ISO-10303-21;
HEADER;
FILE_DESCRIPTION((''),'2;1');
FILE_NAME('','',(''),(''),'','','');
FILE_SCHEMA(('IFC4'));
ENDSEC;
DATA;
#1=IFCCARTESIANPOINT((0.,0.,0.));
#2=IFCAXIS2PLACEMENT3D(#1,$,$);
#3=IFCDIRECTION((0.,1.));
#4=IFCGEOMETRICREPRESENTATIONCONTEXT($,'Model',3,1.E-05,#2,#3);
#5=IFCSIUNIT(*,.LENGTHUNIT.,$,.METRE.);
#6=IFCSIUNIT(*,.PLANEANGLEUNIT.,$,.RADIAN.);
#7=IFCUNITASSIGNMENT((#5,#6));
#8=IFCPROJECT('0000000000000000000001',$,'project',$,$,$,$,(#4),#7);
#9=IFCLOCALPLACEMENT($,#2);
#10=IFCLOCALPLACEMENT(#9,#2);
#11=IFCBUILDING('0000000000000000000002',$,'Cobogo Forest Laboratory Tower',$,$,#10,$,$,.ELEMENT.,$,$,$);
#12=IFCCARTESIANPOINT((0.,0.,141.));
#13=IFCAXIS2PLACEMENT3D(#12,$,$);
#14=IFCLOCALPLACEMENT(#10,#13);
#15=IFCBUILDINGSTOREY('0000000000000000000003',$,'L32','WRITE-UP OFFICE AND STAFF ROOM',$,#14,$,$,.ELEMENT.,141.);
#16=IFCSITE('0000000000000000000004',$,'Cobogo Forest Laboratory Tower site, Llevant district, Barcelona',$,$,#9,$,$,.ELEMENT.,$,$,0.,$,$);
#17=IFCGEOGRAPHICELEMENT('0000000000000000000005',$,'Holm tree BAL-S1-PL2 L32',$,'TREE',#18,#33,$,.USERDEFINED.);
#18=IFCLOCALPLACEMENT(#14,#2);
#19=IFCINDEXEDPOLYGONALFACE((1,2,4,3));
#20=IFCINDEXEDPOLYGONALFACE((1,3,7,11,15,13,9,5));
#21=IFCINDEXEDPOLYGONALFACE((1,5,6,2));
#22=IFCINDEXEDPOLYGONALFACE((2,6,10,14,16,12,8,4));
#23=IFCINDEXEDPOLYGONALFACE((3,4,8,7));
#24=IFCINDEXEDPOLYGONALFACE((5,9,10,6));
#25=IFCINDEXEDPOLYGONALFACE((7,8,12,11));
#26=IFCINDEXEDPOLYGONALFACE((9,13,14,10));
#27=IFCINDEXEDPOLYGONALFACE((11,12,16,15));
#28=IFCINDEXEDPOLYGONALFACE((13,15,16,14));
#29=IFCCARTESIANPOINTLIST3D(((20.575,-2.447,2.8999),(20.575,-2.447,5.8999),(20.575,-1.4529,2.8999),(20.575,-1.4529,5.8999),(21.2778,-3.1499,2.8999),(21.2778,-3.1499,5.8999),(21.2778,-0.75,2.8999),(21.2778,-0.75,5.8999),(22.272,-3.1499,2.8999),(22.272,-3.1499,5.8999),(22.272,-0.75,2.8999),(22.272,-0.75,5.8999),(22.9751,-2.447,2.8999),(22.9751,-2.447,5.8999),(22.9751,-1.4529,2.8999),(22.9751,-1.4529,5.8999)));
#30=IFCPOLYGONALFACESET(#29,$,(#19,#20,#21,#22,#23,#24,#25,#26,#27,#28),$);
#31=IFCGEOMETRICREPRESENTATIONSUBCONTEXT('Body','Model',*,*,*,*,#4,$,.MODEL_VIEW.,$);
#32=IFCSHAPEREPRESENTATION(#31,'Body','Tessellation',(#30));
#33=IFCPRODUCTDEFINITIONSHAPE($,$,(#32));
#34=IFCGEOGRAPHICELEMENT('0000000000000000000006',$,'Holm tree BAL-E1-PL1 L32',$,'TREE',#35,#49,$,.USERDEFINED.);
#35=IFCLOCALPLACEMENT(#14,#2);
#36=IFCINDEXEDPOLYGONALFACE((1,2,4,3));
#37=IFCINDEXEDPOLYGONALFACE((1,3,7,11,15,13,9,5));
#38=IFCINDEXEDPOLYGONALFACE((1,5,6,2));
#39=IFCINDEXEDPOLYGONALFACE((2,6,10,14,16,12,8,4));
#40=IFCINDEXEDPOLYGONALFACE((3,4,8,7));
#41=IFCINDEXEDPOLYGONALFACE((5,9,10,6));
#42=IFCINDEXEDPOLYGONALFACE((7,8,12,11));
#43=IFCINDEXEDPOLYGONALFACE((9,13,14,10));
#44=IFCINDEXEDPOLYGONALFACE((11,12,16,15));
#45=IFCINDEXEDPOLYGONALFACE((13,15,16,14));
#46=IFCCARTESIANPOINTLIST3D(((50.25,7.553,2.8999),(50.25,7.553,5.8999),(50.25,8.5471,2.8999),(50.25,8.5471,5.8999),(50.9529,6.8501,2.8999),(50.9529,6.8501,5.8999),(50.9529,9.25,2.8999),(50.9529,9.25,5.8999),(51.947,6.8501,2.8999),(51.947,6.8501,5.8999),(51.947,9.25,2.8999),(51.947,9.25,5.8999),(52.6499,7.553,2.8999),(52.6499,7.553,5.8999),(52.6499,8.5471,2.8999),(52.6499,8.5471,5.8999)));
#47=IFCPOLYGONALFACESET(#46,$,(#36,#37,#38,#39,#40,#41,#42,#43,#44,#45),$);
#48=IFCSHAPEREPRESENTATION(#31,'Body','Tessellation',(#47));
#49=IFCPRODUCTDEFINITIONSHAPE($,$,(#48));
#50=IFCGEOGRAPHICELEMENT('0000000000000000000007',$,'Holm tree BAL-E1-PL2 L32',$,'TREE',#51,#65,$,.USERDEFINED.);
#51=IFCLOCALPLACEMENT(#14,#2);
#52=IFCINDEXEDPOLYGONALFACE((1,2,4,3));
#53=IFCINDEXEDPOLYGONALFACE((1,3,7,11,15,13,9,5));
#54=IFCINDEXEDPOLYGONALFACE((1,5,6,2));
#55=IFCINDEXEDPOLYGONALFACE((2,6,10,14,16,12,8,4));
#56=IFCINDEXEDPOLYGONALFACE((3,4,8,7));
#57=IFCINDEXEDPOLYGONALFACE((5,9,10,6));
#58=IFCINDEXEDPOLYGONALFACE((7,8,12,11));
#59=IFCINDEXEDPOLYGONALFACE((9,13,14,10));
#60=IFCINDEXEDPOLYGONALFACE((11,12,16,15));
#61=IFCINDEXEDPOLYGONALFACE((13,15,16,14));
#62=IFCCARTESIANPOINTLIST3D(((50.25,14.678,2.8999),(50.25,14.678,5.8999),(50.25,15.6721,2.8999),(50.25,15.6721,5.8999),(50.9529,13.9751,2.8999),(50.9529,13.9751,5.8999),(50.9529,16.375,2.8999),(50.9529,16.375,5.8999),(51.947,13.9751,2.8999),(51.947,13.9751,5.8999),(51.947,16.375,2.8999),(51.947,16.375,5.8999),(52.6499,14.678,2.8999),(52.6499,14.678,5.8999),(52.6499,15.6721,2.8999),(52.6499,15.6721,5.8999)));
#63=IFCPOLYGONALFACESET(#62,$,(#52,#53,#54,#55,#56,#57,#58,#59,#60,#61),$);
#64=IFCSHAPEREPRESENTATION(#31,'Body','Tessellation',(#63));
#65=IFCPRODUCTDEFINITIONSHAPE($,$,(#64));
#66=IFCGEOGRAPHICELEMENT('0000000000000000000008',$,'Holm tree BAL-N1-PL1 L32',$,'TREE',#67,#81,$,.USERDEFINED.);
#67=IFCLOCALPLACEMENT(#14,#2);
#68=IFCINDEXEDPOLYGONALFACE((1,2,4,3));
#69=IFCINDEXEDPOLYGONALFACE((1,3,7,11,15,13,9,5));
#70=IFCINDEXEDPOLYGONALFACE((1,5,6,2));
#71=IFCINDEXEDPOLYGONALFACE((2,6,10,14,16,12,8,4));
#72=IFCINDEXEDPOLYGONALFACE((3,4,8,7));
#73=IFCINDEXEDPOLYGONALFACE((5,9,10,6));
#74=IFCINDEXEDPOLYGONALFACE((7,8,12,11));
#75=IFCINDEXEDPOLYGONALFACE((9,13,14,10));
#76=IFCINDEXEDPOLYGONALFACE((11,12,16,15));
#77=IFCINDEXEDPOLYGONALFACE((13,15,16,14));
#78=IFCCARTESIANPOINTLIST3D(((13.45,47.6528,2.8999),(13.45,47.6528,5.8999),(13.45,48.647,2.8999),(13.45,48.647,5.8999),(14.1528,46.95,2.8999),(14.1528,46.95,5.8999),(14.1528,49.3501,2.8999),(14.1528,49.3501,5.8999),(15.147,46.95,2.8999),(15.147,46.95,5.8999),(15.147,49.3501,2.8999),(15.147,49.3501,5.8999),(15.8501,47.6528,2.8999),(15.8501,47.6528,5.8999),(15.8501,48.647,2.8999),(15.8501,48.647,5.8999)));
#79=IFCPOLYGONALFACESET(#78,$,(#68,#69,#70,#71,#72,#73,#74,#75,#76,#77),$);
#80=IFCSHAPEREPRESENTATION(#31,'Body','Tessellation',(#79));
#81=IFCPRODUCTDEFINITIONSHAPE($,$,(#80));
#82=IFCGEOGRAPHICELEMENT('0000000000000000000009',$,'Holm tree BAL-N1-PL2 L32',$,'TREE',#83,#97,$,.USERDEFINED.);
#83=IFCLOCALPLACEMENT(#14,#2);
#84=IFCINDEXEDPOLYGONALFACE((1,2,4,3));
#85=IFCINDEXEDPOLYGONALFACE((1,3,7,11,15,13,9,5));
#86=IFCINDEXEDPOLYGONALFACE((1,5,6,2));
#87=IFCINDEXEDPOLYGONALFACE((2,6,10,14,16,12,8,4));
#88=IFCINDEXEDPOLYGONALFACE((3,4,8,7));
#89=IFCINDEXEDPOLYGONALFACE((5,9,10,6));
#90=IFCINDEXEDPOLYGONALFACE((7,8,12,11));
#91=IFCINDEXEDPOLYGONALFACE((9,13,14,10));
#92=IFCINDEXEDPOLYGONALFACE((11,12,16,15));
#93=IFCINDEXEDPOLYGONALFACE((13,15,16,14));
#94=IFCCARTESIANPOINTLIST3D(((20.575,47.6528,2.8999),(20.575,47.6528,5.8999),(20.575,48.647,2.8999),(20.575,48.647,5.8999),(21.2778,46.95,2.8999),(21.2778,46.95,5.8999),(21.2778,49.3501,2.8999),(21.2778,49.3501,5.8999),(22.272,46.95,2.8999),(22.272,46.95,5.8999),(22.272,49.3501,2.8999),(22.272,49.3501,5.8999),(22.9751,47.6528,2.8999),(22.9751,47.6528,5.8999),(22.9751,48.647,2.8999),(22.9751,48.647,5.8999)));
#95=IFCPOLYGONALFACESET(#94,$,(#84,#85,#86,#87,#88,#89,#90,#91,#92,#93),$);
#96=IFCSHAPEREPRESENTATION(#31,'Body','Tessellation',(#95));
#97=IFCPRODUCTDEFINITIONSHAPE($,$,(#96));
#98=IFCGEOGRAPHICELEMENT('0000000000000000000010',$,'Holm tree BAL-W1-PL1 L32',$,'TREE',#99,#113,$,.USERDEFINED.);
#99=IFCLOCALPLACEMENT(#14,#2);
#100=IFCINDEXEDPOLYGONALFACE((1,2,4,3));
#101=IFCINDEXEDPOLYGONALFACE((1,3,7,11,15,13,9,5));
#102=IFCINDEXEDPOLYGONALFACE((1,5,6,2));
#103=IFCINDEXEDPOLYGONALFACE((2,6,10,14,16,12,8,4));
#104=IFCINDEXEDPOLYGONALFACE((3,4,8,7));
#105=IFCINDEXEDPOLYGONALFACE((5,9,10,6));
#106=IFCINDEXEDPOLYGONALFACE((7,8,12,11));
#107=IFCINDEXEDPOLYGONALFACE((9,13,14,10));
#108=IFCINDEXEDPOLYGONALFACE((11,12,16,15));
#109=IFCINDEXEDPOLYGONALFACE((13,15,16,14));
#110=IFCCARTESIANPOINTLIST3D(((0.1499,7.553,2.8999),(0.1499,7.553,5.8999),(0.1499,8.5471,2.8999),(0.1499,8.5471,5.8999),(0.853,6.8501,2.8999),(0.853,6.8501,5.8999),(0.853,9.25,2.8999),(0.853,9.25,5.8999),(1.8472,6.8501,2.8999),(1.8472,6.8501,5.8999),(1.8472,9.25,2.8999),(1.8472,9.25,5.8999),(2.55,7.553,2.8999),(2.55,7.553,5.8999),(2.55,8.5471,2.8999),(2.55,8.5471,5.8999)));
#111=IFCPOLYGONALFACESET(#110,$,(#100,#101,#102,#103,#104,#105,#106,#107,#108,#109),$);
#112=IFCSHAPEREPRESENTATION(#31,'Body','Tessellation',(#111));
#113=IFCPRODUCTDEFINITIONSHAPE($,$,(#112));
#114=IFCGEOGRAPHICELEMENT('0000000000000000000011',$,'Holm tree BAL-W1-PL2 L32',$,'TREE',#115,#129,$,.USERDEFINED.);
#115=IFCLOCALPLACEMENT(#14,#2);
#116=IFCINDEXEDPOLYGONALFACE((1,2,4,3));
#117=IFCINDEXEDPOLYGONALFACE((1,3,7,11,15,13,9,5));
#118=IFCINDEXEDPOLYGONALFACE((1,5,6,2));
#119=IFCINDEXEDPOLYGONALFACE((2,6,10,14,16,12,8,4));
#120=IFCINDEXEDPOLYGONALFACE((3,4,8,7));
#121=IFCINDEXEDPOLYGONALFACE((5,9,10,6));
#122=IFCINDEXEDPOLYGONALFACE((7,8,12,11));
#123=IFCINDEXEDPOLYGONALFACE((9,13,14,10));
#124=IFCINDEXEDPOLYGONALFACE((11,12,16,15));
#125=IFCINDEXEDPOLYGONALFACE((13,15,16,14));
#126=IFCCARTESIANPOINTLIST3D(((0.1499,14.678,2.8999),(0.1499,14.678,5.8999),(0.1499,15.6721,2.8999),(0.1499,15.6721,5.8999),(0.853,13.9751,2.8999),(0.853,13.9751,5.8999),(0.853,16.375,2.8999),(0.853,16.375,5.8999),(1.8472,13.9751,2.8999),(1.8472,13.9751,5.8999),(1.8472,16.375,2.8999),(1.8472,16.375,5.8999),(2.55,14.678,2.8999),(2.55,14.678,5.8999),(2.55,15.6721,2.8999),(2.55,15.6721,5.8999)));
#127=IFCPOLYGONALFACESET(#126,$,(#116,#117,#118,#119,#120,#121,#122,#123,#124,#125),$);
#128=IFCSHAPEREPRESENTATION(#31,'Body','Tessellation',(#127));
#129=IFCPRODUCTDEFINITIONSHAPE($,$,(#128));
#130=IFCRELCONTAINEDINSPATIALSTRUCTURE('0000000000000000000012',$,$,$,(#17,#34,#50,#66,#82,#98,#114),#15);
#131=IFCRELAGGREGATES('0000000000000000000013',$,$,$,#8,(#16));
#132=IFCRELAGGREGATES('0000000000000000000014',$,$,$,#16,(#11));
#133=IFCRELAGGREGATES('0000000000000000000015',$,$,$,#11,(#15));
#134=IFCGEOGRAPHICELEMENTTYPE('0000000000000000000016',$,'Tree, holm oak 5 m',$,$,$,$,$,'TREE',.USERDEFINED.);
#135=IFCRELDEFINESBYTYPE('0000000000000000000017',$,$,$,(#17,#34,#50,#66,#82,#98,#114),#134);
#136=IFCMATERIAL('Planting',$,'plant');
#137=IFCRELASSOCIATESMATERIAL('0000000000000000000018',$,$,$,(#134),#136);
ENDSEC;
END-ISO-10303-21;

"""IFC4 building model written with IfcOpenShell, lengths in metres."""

from ifc_helpers import new_model, si_unit, direction, frame, origin, place, context, subcontext, project, spatial, polyline, outline, extrude, material, type_object, element, save


model = new_model("IFC4")

# Units and contexts
model_context = context("Model", 3, precision=1e-05, world=origin(), true_north=direction((0.0, 1.0)))
body_context = subcontext(model_context, "Body", "Model", "MODEL_VIEW")
ifc_project = project(units=[si_unit("LENGTHUNIT", "METRE"), si_unit("PLANEANGLEUNIT", "RADIAN")], contexts=[model_context])

# Site, building, storey
site_placement = place(None, origin())
site = spatial("IfcSite", under=ifc_project, at=site_placement, Name="Cobogo Forest Laboratory Tower site, Llevant district, Barcelona", CompositionType="ELEMENT", RefElevation=0.0)
building_placement = place(site_placement, origin())
building = spatial("IfcBuilding", under=site, at=building_placement, Name="Cobogo Forest Laboratory Tower", CompositionType="ELEMENT")
storey_placement = place(building_placement, frame((0.0, 0.0, 141.0)))
storey = spatial("IfcBuildingStorey", under=building, at=storey_placement, Name="L32", Description="WRITE-UP OFFICE AND STAFF ROOM", CompositionType="ELEMENT", Elevation=141.0)

# Geographic elements
ifc_material_1 = material(Name="Planting", Category="plant")
geographic_element_type = type_object("IfcGeographicElementType", Name="Tree, holm oak 5 m", ElementType="TREE", PredefinedType="USERDEFINED", material=ifc_material_1)
geographic_element_1_placement = place(storey_placement, frame((0.0, 0.0, 2.8999)))
element("IfcGeographicElement", 1, at=geographic_element_1_placement, inside=storey, type_object=geographic_element_type, Name="Holm tree BAL-S1-PL2 L32", ObjectType="TREE", PredefinedType="USERDEFINED", context=body_context, shape_type="SweptSolid", body=[
    extrude(outline(polyline([(22.9751, -2.447), (22.9751, -1.4529), (22.272, -0.75), (21.2778, -0.75), (20.575, -1.4529), (20.575, -2.447), (21.2778, -3.1499), (22.272, -3.1499), (22.9751, -2.447)])), origin(), (0.0, 0.0, 1.0), 3.0),
])
geographic_element_2_placement = place(storey_placement, frame((0.0, 0.0, 2.8999)))
element("IfcGeographicElement", 2, at=geographic_element_2_placement, inside=storey, type_object=geographic_element_type, Name="Holm tree BAL-E1-PL1 L32", ObjectType="TREE", PredefinedType="USERDEFINED", context=body_context, shape_type="SweptSolid", body=[
    extrude(outline(polyline([(52.6499, 7.553), (52.6499, 8.5471), (51.947, 9.25), (50.9529, 9.25), (50.25, 8.5471), (50.25, 7.553), (50.9529, 6.8501), (51.947, 6.8501), (52.6499, 7.553)])), origin(), (0.0, 0.0, 1.0), 3.0),
])
geographic_element_3_placement = place(storey_placement, frame((0.0, 0.0, 2.8999)))
element("IfcGeographicElement", 3, at=geographic_element_3_placement, inside=storey, type_object=geographic_element_type, Name="Holm tree BAL-E1-PL2 L32", ObjectType="TREE", PredefinedType="USERDEFINED", context=body_context, shape_type="SweptSolid", body=[
    extrude(outline(polyline([(52.6499, 14.678), (52.6499, 15.6721), (51.947, 16.375), (50.9529, 16.375), (50.25, 15.6721), (50.25, 14.678), (50.9529, 13.9751), (51.947, 13.9751), (52.6499, 14.678)])), origin(), (0.0, 0.0, 1.0), 3.0),
])
geographic_element_4_placement = place(storey_placement, frame((0.0, 0.0, 2.8999)))
element("IfcGeographicElement", 4, at=geographic_element_4_placement, inside=storey, type_object=geographic_element_type, Name="Holm tree BAL-N1-PL1 L32", ObjectType="TREE", PredefinedType="USERDEFINED", context=body_context, shape_type="SweptSolid", body=[
    extrude(outline(polyline([(15.8501, 47.6528), (15.8501, 48.647), (15.147, 49.3501), (14.1528, 49.3501), (13.45, 48.647), (13.45, 47.6528), (14.1528, 46.95), (15.147, 46.95), (15.8501, 47.6528)])), origin(), (0.0, 0.0, 1.0), 3.0),
])
geographic_element_5_placement = place(storey_placement, frame((0.0, 0.0, 2.8999)))
element("IfcGeographicElement", 5, at=geographic_element_5_placement, inside=storey, type_object=geographic_element_type, Name="Holm tree BAL-N1-PL2 L32", ObjectType="TREE", PredefinedType="USERDEFINED", context=body_context, shape_type="SweptSolid", body=[
    extrude(outline(polyline([(22.9751, 47.6528), (22.9751, 48.647), (22.272, 49.3501), (21.2778, 49.3501), (20.575, 48.647), (20.575, 47.6528), (21.2778, 46.95), (22.272, 46.95), (22.9751, 47.6528)])), origin(), (0.0, 0.0, 1.0), 3.0),
])
geographic_element_6_placement = place(storey_placement, frame((0.0, 0.0, 2.8999)))
element("IfcGeographicElement", 6, at=geographic_element_6_placement, inside=storey, type_object=geographic_element_type, Name="Holm tree BAL-W1-PL1 L32", ObjectType="TREE", PredefinedType="USERDEFINED", context=body_context, shape_type="SweptSolid", body=[
    extrude(outline(polyline([(2.55, 7.553), (2.55, 8.5471), (1.8472, 9.25), (0.853, 9.25), (0.1499, 8.5471), (0.1499, 7.553), (0.853, 6.8501), (1.8472, 6.8501), (2.55, 7.553)])), origin(), (0.0, 0.0, 1.0), 3.0),
])
geographic_element_7_placement = place(storey_placement, frame((0.0, 0.0, 2.8999)))
element("IfcGeographicElement", 7, at=geographic_element_7_placement, inside=storey, type_object=geographic_element_type, Name="Holm tree BAL-W1-PL2 L32", ObjectType="TREE", PredefinedType="USERDEFINED", context=body_context, shape_type="SweptSolid", body=[
    extrude(outline(polyline([(2.55, 14.678), (2.55, 15.6721), (1.8472, 16.375), (0.853, 16.375), (0.1499, 15.6721), (0.1499, 14.678), (0.853, 13.9751), (1.8472, 13.9751), (2.55, 14.678)])), origin(), (0.0, 0.0, 1.0), 3.0),
])

save(model, "model.ifc")
